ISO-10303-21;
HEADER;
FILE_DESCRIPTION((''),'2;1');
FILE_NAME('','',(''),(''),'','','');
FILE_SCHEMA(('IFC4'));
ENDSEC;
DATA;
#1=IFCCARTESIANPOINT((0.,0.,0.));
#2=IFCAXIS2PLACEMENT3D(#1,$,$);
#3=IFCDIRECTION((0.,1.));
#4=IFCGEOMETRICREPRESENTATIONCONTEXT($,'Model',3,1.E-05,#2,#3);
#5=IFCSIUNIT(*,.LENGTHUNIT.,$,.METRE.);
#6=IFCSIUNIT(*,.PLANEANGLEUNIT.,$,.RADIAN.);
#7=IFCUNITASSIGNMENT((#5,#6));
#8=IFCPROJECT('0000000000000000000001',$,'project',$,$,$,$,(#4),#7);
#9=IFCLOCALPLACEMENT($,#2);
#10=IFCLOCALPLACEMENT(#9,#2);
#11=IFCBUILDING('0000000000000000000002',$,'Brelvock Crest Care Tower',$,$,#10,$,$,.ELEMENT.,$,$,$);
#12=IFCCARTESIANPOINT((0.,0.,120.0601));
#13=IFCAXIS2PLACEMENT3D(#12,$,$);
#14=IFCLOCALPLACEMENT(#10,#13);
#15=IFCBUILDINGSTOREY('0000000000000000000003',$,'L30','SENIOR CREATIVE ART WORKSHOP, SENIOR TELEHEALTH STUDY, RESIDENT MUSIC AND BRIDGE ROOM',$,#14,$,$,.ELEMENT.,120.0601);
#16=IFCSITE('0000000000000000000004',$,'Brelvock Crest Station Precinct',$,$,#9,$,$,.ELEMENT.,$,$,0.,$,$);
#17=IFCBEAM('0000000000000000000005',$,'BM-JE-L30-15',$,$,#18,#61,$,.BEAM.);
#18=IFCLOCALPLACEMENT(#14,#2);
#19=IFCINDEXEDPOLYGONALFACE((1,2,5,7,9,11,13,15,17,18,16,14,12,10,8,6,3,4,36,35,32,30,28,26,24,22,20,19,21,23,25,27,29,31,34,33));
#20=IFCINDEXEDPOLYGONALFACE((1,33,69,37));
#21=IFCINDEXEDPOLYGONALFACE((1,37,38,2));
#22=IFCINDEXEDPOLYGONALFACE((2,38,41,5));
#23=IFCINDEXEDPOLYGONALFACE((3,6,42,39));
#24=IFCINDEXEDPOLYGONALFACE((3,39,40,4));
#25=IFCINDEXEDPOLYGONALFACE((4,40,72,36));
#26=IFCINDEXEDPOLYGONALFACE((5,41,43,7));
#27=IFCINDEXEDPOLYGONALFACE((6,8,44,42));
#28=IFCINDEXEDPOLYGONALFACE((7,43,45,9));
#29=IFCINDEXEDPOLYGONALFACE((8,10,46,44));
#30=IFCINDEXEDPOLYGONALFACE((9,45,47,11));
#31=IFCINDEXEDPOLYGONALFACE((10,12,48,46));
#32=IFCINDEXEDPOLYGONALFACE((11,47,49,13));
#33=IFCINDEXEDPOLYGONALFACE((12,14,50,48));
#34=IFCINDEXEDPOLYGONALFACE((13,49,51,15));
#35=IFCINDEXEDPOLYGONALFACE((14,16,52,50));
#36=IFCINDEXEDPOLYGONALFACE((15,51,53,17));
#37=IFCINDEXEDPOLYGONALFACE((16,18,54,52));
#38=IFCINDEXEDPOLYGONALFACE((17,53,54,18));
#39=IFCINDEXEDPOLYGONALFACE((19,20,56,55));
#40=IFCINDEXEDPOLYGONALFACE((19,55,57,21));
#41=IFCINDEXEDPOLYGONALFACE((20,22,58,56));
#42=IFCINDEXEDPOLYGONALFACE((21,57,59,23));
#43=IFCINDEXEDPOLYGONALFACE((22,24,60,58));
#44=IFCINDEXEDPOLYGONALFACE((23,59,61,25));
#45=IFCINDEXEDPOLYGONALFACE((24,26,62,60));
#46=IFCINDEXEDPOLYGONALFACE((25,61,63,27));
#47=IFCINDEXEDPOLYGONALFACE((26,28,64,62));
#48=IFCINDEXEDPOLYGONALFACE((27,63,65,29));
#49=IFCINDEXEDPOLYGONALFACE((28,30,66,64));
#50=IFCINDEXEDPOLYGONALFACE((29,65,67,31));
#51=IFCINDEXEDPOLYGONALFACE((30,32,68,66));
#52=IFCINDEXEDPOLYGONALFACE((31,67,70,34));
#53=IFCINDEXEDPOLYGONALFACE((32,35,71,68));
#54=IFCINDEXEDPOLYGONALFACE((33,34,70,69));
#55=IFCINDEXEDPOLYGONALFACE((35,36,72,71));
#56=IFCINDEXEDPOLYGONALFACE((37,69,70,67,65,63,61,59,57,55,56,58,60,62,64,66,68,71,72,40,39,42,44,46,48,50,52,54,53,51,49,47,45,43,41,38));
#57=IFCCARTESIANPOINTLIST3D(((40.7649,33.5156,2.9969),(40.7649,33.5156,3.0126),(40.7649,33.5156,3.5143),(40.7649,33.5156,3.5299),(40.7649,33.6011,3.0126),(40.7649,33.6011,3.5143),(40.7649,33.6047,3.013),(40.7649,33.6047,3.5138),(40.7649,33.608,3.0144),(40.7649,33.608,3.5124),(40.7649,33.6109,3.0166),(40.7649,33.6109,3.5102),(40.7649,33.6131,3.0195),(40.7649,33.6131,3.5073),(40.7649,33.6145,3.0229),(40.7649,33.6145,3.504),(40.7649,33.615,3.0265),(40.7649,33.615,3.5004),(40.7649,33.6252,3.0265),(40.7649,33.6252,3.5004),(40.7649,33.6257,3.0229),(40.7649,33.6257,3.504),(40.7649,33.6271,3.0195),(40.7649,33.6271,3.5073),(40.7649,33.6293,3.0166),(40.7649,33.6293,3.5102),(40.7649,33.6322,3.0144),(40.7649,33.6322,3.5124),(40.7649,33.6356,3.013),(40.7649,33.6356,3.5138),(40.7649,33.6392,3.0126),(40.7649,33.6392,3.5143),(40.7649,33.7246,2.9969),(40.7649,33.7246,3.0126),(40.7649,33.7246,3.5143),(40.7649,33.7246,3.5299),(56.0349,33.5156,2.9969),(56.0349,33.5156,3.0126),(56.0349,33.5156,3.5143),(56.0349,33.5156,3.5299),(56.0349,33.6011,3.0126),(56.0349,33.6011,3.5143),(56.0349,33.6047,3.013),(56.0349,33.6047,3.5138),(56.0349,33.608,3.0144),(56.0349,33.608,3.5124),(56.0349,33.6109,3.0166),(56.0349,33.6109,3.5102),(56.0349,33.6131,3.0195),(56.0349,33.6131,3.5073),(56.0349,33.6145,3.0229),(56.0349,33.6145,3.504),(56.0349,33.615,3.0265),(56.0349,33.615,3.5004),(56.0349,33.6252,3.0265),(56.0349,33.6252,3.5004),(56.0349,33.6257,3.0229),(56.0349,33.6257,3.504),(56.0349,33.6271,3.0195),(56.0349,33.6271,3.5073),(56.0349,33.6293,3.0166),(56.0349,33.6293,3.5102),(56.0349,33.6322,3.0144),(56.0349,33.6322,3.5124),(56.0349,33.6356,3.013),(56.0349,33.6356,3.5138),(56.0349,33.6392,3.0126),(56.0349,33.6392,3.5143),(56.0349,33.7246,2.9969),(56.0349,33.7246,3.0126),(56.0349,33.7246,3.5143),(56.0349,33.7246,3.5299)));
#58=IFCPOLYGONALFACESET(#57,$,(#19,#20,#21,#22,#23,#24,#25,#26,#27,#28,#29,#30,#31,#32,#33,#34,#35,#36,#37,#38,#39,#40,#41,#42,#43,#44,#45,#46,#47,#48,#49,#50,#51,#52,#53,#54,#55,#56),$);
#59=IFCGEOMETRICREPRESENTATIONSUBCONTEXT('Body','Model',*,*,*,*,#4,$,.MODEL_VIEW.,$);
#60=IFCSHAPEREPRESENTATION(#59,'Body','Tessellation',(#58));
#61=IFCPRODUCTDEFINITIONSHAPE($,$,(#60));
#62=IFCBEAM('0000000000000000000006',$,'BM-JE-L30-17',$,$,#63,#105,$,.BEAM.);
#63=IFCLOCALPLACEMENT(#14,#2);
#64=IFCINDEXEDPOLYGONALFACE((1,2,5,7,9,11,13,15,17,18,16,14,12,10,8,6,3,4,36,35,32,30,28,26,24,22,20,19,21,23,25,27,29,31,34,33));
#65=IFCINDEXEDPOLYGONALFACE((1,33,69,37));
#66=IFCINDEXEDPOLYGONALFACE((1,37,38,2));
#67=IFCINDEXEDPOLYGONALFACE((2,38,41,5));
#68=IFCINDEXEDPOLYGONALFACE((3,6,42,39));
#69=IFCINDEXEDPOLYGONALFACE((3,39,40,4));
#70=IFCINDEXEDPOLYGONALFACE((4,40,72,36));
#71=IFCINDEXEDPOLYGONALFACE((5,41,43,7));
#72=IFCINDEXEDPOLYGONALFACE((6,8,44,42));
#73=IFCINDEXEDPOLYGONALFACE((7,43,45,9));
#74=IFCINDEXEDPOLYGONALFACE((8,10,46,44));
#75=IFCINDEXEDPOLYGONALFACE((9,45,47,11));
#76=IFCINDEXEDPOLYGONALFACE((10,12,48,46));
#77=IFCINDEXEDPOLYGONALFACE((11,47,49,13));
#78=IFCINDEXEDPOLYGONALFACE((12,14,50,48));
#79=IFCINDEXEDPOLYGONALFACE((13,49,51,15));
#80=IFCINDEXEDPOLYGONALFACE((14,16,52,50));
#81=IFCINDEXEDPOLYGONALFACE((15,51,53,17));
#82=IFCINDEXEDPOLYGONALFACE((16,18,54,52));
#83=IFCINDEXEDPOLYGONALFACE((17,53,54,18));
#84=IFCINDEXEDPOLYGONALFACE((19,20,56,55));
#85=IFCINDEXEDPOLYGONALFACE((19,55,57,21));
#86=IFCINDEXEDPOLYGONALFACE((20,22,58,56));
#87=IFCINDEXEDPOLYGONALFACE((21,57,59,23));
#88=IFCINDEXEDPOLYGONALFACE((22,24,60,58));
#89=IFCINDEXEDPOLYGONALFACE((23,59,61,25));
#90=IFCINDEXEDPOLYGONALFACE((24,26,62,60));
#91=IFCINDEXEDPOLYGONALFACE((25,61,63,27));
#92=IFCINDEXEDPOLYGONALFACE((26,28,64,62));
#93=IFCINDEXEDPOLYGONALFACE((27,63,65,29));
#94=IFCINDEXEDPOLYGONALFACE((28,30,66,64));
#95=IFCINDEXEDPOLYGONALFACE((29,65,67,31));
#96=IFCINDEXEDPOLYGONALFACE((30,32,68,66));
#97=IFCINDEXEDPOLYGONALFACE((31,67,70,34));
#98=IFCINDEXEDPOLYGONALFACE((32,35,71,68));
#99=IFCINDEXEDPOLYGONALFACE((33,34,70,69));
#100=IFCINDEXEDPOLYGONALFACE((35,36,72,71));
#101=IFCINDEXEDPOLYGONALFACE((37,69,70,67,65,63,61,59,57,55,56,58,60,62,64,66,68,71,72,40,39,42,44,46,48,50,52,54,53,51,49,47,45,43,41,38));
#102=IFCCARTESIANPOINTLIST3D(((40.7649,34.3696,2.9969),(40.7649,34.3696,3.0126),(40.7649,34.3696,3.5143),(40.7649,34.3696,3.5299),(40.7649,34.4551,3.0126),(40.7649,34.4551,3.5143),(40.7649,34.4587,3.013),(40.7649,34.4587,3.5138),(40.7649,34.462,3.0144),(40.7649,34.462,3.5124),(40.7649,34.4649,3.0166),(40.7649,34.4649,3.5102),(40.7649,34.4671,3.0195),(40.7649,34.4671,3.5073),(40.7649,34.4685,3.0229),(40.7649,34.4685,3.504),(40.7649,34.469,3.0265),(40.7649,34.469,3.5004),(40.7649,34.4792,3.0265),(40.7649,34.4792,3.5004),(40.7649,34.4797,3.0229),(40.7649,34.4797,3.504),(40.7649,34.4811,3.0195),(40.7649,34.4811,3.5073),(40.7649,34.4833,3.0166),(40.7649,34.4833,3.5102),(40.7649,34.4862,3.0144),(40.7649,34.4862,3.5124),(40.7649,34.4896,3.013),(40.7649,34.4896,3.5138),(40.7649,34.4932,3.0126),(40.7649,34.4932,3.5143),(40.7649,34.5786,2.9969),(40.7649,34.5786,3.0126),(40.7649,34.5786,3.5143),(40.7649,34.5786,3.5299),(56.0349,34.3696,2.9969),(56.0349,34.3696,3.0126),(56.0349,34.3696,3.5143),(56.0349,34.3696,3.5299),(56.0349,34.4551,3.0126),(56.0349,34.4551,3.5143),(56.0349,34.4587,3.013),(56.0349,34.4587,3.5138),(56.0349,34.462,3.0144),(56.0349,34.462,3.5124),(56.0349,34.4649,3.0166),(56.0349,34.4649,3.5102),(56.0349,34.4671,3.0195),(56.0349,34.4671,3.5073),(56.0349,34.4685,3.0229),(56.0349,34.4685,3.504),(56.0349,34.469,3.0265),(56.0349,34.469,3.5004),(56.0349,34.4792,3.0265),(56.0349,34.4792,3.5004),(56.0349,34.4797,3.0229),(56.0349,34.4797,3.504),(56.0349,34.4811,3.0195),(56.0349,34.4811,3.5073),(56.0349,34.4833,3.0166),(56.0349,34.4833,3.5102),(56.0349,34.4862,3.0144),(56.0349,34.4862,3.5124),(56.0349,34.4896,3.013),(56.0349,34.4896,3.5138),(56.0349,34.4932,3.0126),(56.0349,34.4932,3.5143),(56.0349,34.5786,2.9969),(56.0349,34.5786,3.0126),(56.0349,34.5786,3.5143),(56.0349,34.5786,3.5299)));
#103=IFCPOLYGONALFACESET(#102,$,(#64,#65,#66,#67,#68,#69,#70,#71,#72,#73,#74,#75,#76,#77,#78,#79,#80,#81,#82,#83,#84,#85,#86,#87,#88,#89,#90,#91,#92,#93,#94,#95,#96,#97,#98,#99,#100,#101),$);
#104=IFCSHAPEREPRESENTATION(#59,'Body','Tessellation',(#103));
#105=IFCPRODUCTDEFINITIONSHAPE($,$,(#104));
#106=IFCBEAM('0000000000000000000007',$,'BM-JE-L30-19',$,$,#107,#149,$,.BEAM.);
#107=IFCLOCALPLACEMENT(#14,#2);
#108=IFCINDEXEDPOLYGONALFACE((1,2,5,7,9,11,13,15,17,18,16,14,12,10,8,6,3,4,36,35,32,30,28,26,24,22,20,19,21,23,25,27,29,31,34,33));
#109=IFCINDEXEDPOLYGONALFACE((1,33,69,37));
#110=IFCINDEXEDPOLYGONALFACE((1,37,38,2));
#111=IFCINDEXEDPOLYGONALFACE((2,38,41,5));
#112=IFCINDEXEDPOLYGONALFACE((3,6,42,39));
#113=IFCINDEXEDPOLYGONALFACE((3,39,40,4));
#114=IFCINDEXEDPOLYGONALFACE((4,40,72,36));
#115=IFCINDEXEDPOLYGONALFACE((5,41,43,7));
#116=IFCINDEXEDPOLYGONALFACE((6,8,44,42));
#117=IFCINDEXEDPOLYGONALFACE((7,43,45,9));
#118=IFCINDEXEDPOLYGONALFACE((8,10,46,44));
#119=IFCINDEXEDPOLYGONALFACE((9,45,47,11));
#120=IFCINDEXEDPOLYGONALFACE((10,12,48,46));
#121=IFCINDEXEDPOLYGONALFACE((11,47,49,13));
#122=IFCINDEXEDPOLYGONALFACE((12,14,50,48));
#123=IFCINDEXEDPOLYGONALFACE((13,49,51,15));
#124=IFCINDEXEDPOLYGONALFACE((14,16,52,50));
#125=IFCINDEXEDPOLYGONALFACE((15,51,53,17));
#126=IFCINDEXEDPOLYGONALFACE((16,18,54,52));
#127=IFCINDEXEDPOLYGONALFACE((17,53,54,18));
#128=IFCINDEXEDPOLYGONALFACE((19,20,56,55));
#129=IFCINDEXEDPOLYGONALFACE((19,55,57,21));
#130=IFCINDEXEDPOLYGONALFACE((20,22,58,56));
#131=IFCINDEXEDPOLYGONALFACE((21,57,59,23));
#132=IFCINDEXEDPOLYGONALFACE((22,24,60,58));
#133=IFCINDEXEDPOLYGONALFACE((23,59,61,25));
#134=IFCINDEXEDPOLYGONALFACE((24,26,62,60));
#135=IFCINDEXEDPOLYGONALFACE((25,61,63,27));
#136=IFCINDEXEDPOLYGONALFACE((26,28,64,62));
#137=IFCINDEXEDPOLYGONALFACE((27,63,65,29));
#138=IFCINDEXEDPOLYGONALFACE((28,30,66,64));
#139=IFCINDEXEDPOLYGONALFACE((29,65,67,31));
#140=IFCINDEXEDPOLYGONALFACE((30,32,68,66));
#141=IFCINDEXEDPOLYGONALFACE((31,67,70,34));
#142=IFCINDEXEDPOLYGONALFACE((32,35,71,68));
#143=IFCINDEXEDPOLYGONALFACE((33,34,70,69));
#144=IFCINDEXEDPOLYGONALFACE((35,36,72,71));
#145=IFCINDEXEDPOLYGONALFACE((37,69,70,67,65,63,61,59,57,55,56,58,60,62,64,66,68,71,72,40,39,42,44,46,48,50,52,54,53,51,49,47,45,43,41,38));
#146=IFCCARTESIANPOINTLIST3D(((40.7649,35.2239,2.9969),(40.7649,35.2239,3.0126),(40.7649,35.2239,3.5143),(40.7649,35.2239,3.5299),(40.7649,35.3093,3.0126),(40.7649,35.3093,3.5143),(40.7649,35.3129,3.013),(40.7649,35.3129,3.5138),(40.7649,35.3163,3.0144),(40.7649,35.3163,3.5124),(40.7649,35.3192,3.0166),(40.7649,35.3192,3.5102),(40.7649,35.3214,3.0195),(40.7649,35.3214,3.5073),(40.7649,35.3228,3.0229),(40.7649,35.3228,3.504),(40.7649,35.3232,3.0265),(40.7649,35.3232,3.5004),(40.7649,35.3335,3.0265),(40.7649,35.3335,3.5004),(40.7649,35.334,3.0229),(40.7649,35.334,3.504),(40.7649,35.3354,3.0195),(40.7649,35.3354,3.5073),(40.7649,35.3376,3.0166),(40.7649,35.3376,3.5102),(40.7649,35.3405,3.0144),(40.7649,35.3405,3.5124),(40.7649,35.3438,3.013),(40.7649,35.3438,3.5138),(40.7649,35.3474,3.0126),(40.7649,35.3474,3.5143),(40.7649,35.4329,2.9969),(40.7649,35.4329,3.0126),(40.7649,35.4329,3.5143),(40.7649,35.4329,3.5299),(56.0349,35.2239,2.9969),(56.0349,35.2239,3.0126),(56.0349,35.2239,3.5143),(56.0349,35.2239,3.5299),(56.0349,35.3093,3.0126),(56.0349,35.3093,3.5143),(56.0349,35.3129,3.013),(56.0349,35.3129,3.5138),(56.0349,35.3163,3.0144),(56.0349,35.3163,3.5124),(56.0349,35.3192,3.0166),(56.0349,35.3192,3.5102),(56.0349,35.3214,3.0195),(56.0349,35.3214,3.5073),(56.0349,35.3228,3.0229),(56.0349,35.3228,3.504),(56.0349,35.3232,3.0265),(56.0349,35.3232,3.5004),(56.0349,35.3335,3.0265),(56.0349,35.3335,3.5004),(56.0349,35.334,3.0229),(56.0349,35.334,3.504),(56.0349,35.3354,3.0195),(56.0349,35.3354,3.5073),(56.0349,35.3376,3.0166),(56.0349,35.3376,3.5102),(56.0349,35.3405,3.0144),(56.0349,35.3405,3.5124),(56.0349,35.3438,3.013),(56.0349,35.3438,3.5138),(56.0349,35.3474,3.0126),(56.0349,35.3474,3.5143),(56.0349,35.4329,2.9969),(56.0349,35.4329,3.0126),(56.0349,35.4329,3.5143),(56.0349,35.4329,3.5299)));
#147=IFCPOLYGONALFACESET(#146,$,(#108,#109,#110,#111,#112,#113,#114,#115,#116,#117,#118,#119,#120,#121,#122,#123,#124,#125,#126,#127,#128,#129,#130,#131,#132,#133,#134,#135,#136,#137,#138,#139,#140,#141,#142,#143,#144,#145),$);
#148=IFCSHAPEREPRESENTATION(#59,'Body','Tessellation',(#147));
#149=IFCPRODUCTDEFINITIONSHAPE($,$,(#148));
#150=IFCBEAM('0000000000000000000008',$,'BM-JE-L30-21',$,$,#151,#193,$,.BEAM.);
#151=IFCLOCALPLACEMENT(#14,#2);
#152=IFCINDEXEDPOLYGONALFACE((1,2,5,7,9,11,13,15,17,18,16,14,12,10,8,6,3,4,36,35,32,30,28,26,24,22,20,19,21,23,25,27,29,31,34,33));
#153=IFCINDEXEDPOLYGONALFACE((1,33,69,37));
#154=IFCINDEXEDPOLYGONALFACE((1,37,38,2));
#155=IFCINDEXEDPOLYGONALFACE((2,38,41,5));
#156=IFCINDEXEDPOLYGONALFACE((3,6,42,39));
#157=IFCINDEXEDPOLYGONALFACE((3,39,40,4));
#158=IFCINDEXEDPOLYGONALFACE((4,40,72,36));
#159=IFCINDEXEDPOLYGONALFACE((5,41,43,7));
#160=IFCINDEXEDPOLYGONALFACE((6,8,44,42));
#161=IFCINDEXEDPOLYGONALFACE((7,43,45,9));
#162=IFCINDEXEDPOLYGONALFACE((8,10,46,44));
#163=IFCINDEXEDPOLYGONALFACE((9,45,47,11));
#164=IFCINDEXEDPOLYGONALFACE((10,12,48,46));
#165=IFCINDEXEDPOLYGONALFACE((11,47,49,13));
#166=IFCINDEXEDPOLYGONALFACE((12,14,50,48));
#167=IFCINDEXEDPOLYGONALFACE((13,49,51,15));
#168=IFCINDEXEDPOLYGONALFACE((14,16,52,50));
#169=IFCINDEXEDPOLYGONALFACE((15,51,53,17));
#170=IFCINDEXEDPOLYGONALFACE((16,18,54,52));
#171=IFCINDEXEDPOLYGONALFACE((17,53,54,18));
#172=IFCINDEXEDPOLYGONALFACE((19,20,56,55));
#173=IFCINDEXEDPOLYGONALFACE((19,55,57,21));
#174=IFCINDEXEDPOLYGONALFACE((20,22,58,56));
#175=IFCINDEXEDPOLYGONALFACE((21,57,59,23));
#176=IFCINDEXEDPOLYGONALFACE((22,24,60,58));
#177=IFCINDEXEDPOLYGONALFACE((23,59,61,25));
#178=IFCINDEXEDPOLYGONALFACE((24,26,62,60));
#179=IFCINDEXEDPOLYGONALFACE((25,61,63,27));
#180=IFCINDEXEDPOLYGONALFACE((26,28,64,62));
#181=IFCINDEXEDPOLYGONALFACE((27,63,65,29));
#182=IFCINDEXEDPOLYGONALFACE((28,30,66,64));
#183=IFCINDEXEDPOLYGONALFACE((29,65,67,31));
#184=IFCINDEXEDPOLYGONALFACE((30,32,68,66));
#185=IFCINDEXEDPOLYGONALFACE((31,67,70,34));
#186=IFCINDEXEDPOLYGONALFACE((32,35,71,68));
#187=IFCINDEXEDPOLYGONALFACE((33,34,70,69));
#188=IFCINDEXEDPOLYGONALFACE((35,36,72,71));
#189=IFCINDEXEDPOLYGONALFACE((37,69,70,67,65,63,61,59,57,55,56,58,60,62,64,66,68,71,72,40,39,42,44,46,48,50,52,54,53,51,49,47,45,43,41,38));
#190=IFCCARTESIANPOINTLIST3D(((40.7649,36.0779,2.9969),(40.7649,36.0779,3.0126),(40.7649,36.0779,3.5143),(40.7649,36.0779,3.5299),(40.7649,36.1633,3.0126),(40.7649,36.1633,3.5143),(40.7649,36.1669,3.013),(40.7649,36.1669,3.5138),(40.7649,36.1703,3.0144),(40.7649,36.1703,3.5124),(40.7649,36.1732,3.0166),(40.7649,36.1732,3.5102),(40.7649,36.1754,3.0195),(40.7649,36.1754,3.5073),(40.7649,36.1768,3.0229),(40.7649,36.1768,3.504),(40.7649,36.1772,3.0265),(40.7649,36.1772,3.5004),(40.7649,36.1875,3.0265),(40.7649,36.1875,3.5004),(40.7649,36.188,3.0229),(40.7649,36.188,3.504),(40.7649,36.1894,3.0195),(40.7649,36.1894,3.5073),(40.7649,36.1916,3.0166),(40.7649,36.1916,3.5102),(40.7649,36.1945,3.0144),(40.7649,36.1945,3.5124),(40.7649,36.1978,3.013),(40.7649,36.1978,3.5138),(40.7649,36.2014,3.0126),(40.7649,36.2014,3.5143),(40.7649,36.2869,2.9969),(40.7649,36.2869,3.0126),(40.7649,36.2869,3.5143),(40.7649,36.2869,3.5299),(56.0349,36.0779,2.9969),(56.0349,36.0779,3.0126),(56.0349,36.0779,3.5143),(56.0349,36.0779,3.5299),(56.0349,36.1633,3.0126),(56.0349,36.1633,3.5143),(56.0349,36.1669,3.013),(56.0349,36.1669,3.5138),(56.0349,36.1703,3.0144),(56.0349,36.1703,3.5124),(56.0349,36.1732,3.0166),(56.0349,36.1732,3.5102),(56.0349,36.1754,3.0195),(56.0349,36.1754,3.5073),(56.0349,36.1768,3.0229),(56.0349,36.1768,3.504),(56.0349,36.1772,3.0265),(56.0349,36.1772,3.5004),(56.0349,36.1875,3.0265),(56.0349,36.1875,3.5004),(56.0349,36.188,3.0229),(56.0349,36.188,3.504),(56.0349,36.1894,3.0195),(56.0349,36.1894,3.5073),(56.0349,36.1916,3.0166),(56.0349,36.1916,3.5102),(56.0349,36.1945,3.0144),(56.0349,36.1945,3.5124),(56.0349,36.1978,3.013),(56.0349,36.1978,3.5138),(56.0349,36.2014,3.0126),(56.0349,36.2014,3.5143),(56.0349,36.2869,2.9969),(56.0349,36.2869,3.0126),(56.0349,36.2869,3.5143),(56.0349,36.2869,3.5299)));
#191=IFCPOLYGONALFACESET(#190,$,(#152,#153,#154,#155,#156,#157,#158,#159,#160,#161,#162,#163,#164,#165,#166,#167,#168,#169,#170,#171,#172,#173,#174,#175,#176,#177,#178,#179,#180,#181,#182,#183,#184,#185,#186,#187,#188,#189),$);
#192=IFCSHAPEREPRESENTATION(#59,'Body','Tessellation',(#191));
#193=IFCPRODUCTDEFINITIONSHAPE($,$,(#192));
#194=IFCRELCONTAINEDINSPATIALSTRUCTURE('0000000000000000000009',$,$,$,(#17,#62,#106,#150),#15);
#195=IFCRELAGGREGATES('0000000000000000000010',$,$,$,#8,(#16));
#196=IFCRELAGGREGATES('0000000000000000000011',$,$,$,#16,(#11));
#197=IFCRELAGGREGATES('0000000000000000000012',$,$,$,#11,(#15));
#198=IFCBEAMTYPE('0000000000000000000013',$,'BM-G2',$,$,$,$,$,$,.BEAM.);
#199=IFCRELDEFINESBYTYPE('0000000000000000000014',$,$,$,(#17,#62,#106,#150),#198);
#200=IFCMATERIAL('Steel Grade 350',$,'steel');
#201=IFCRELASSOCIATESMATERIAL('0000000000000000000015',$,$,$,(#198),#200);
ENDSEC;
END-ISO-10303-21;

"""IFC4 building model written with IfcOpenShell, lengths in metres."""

from ifc_helpers import new_model, si_unit, direction, frame, origin, origin_2d, place, context, subcontext, project, spatial, i_section, extrude, source, transform, mapped, material, material_profile, profile_set, type_object, element, save


model = new_model("IFC4")

# Units and contexts
model_context = context("Model", 3, precision=1e-05, world=origin(), true_north=direction((0.0, 1.0)))
body_context = subcontext(model_context, "Body", "Model", "MODEL_VIEW")
ifc_project = project(units=[si_unit("LENGTHUNIT", "METRE"), si_unit("PLANEANGLEUNIT", "RADIAN")], contexts=[model_context])

# Site, building, storey
site_placement = place(None, origin())
site = spatial("IfcSite", under=ifc_project, at=site_placement, Name="Brelvock Crest Station Precinct", CompositionType="ELEMENT", RefElevation=0.0)
building_placement = place(site_placement, origin())
building = spatial("IfcBuilding", under=site, at=building_placement, Name="Brelvock Crest Care Tower", CompositionType="ELEMENT")
storey_placement = place(building_placement, frame((0.0, 0.0, 120.0601)))
storey = spatial("IfcBuildingStorey", under=building, at=storey_placement, Name="L30", Description="SENIOR CREATIVE ART WORKSHOP, SENIOR TELEHEALTH STUDY, RESIDENT MUSIC AND BRIDGE ROOM", CompositionType="ELEMENT", Elevation=120.0601)

# Beams
ifc_material_1 = material(Name="Steel Grade 350", Category="steel")
ifc_material_profile_1 = material_profile(ifc_material_1, i_section(OverallWidth=0.209, OverallDepth=0.533, WebThickness=0.0103, FlangeThickness=0.0156, FilletRadius=0.0139, at=origin_2d()), Name="530UB92.4")
ifc_profile_set_1 = profile_set([ifc_material_profile_1], Name="Steel Grade 350")
beam_type_1 = type_object("IfcBeamType", Name="BM-G2", PredefinedType="BEAM", material=ifc_profile_set_1)
shared_shape_1 = source(origin(), body_context, "Body", "SweptSolid", [
    extrude(i_section(OverallWidth=0.209, OverallDepth=0.533, WebThickness=0.0103, FlangeThickness=0.0156, FilletRadius=0.0139, at=origin_2d()), origin(), (0.0, 0.0, 1.0), 15.27),
])
for number, where, z_axis, x_axis, name in (
    (1, (40.7649, 33.6201, 3.2634), (1.0, 0.0, 0.0), (0.0, 1.0, 0.0), "BM-JE-L30-15"),
    (2, (40.7649, 34.4741, 3.2634), (1.0, 0.0, 0.0), (0.0, 1.0, 0.0), "BM-JE-L30-17"),
    (3, (40.7649, 35.3284, 3.2634), (1.0, 0.0, 0.0), (0.0, 1.0, 0.0), "BM-JE-L30-19"),
    (4, (40.7649, 36.1824, 3.2634), (1.0, 0.0, 0.0), (0.0, 1.0, 0.0), "BM-JE-L30-21"),
):
    element("IfcBeam", number, at=place(storey_placement, frame(where, z_axis=z_axis, x_axis=x_axis)), inside=storey, type_object=beam_type_1, Name=name, PredefinedType="BEAM", context=body_context, shape_type="MappedRepresentation", body=[
        mapped(shared_shape_1, transform((0.0, 0.0, 0.0), x_axis=(1.0, 0.0, 0.0), y_axis=(0.0, 1.0, 0.0), z_axis=(0.0, 0.0, 1.0), scale=1.0)),
    ])

save(model, "model.ifc")
